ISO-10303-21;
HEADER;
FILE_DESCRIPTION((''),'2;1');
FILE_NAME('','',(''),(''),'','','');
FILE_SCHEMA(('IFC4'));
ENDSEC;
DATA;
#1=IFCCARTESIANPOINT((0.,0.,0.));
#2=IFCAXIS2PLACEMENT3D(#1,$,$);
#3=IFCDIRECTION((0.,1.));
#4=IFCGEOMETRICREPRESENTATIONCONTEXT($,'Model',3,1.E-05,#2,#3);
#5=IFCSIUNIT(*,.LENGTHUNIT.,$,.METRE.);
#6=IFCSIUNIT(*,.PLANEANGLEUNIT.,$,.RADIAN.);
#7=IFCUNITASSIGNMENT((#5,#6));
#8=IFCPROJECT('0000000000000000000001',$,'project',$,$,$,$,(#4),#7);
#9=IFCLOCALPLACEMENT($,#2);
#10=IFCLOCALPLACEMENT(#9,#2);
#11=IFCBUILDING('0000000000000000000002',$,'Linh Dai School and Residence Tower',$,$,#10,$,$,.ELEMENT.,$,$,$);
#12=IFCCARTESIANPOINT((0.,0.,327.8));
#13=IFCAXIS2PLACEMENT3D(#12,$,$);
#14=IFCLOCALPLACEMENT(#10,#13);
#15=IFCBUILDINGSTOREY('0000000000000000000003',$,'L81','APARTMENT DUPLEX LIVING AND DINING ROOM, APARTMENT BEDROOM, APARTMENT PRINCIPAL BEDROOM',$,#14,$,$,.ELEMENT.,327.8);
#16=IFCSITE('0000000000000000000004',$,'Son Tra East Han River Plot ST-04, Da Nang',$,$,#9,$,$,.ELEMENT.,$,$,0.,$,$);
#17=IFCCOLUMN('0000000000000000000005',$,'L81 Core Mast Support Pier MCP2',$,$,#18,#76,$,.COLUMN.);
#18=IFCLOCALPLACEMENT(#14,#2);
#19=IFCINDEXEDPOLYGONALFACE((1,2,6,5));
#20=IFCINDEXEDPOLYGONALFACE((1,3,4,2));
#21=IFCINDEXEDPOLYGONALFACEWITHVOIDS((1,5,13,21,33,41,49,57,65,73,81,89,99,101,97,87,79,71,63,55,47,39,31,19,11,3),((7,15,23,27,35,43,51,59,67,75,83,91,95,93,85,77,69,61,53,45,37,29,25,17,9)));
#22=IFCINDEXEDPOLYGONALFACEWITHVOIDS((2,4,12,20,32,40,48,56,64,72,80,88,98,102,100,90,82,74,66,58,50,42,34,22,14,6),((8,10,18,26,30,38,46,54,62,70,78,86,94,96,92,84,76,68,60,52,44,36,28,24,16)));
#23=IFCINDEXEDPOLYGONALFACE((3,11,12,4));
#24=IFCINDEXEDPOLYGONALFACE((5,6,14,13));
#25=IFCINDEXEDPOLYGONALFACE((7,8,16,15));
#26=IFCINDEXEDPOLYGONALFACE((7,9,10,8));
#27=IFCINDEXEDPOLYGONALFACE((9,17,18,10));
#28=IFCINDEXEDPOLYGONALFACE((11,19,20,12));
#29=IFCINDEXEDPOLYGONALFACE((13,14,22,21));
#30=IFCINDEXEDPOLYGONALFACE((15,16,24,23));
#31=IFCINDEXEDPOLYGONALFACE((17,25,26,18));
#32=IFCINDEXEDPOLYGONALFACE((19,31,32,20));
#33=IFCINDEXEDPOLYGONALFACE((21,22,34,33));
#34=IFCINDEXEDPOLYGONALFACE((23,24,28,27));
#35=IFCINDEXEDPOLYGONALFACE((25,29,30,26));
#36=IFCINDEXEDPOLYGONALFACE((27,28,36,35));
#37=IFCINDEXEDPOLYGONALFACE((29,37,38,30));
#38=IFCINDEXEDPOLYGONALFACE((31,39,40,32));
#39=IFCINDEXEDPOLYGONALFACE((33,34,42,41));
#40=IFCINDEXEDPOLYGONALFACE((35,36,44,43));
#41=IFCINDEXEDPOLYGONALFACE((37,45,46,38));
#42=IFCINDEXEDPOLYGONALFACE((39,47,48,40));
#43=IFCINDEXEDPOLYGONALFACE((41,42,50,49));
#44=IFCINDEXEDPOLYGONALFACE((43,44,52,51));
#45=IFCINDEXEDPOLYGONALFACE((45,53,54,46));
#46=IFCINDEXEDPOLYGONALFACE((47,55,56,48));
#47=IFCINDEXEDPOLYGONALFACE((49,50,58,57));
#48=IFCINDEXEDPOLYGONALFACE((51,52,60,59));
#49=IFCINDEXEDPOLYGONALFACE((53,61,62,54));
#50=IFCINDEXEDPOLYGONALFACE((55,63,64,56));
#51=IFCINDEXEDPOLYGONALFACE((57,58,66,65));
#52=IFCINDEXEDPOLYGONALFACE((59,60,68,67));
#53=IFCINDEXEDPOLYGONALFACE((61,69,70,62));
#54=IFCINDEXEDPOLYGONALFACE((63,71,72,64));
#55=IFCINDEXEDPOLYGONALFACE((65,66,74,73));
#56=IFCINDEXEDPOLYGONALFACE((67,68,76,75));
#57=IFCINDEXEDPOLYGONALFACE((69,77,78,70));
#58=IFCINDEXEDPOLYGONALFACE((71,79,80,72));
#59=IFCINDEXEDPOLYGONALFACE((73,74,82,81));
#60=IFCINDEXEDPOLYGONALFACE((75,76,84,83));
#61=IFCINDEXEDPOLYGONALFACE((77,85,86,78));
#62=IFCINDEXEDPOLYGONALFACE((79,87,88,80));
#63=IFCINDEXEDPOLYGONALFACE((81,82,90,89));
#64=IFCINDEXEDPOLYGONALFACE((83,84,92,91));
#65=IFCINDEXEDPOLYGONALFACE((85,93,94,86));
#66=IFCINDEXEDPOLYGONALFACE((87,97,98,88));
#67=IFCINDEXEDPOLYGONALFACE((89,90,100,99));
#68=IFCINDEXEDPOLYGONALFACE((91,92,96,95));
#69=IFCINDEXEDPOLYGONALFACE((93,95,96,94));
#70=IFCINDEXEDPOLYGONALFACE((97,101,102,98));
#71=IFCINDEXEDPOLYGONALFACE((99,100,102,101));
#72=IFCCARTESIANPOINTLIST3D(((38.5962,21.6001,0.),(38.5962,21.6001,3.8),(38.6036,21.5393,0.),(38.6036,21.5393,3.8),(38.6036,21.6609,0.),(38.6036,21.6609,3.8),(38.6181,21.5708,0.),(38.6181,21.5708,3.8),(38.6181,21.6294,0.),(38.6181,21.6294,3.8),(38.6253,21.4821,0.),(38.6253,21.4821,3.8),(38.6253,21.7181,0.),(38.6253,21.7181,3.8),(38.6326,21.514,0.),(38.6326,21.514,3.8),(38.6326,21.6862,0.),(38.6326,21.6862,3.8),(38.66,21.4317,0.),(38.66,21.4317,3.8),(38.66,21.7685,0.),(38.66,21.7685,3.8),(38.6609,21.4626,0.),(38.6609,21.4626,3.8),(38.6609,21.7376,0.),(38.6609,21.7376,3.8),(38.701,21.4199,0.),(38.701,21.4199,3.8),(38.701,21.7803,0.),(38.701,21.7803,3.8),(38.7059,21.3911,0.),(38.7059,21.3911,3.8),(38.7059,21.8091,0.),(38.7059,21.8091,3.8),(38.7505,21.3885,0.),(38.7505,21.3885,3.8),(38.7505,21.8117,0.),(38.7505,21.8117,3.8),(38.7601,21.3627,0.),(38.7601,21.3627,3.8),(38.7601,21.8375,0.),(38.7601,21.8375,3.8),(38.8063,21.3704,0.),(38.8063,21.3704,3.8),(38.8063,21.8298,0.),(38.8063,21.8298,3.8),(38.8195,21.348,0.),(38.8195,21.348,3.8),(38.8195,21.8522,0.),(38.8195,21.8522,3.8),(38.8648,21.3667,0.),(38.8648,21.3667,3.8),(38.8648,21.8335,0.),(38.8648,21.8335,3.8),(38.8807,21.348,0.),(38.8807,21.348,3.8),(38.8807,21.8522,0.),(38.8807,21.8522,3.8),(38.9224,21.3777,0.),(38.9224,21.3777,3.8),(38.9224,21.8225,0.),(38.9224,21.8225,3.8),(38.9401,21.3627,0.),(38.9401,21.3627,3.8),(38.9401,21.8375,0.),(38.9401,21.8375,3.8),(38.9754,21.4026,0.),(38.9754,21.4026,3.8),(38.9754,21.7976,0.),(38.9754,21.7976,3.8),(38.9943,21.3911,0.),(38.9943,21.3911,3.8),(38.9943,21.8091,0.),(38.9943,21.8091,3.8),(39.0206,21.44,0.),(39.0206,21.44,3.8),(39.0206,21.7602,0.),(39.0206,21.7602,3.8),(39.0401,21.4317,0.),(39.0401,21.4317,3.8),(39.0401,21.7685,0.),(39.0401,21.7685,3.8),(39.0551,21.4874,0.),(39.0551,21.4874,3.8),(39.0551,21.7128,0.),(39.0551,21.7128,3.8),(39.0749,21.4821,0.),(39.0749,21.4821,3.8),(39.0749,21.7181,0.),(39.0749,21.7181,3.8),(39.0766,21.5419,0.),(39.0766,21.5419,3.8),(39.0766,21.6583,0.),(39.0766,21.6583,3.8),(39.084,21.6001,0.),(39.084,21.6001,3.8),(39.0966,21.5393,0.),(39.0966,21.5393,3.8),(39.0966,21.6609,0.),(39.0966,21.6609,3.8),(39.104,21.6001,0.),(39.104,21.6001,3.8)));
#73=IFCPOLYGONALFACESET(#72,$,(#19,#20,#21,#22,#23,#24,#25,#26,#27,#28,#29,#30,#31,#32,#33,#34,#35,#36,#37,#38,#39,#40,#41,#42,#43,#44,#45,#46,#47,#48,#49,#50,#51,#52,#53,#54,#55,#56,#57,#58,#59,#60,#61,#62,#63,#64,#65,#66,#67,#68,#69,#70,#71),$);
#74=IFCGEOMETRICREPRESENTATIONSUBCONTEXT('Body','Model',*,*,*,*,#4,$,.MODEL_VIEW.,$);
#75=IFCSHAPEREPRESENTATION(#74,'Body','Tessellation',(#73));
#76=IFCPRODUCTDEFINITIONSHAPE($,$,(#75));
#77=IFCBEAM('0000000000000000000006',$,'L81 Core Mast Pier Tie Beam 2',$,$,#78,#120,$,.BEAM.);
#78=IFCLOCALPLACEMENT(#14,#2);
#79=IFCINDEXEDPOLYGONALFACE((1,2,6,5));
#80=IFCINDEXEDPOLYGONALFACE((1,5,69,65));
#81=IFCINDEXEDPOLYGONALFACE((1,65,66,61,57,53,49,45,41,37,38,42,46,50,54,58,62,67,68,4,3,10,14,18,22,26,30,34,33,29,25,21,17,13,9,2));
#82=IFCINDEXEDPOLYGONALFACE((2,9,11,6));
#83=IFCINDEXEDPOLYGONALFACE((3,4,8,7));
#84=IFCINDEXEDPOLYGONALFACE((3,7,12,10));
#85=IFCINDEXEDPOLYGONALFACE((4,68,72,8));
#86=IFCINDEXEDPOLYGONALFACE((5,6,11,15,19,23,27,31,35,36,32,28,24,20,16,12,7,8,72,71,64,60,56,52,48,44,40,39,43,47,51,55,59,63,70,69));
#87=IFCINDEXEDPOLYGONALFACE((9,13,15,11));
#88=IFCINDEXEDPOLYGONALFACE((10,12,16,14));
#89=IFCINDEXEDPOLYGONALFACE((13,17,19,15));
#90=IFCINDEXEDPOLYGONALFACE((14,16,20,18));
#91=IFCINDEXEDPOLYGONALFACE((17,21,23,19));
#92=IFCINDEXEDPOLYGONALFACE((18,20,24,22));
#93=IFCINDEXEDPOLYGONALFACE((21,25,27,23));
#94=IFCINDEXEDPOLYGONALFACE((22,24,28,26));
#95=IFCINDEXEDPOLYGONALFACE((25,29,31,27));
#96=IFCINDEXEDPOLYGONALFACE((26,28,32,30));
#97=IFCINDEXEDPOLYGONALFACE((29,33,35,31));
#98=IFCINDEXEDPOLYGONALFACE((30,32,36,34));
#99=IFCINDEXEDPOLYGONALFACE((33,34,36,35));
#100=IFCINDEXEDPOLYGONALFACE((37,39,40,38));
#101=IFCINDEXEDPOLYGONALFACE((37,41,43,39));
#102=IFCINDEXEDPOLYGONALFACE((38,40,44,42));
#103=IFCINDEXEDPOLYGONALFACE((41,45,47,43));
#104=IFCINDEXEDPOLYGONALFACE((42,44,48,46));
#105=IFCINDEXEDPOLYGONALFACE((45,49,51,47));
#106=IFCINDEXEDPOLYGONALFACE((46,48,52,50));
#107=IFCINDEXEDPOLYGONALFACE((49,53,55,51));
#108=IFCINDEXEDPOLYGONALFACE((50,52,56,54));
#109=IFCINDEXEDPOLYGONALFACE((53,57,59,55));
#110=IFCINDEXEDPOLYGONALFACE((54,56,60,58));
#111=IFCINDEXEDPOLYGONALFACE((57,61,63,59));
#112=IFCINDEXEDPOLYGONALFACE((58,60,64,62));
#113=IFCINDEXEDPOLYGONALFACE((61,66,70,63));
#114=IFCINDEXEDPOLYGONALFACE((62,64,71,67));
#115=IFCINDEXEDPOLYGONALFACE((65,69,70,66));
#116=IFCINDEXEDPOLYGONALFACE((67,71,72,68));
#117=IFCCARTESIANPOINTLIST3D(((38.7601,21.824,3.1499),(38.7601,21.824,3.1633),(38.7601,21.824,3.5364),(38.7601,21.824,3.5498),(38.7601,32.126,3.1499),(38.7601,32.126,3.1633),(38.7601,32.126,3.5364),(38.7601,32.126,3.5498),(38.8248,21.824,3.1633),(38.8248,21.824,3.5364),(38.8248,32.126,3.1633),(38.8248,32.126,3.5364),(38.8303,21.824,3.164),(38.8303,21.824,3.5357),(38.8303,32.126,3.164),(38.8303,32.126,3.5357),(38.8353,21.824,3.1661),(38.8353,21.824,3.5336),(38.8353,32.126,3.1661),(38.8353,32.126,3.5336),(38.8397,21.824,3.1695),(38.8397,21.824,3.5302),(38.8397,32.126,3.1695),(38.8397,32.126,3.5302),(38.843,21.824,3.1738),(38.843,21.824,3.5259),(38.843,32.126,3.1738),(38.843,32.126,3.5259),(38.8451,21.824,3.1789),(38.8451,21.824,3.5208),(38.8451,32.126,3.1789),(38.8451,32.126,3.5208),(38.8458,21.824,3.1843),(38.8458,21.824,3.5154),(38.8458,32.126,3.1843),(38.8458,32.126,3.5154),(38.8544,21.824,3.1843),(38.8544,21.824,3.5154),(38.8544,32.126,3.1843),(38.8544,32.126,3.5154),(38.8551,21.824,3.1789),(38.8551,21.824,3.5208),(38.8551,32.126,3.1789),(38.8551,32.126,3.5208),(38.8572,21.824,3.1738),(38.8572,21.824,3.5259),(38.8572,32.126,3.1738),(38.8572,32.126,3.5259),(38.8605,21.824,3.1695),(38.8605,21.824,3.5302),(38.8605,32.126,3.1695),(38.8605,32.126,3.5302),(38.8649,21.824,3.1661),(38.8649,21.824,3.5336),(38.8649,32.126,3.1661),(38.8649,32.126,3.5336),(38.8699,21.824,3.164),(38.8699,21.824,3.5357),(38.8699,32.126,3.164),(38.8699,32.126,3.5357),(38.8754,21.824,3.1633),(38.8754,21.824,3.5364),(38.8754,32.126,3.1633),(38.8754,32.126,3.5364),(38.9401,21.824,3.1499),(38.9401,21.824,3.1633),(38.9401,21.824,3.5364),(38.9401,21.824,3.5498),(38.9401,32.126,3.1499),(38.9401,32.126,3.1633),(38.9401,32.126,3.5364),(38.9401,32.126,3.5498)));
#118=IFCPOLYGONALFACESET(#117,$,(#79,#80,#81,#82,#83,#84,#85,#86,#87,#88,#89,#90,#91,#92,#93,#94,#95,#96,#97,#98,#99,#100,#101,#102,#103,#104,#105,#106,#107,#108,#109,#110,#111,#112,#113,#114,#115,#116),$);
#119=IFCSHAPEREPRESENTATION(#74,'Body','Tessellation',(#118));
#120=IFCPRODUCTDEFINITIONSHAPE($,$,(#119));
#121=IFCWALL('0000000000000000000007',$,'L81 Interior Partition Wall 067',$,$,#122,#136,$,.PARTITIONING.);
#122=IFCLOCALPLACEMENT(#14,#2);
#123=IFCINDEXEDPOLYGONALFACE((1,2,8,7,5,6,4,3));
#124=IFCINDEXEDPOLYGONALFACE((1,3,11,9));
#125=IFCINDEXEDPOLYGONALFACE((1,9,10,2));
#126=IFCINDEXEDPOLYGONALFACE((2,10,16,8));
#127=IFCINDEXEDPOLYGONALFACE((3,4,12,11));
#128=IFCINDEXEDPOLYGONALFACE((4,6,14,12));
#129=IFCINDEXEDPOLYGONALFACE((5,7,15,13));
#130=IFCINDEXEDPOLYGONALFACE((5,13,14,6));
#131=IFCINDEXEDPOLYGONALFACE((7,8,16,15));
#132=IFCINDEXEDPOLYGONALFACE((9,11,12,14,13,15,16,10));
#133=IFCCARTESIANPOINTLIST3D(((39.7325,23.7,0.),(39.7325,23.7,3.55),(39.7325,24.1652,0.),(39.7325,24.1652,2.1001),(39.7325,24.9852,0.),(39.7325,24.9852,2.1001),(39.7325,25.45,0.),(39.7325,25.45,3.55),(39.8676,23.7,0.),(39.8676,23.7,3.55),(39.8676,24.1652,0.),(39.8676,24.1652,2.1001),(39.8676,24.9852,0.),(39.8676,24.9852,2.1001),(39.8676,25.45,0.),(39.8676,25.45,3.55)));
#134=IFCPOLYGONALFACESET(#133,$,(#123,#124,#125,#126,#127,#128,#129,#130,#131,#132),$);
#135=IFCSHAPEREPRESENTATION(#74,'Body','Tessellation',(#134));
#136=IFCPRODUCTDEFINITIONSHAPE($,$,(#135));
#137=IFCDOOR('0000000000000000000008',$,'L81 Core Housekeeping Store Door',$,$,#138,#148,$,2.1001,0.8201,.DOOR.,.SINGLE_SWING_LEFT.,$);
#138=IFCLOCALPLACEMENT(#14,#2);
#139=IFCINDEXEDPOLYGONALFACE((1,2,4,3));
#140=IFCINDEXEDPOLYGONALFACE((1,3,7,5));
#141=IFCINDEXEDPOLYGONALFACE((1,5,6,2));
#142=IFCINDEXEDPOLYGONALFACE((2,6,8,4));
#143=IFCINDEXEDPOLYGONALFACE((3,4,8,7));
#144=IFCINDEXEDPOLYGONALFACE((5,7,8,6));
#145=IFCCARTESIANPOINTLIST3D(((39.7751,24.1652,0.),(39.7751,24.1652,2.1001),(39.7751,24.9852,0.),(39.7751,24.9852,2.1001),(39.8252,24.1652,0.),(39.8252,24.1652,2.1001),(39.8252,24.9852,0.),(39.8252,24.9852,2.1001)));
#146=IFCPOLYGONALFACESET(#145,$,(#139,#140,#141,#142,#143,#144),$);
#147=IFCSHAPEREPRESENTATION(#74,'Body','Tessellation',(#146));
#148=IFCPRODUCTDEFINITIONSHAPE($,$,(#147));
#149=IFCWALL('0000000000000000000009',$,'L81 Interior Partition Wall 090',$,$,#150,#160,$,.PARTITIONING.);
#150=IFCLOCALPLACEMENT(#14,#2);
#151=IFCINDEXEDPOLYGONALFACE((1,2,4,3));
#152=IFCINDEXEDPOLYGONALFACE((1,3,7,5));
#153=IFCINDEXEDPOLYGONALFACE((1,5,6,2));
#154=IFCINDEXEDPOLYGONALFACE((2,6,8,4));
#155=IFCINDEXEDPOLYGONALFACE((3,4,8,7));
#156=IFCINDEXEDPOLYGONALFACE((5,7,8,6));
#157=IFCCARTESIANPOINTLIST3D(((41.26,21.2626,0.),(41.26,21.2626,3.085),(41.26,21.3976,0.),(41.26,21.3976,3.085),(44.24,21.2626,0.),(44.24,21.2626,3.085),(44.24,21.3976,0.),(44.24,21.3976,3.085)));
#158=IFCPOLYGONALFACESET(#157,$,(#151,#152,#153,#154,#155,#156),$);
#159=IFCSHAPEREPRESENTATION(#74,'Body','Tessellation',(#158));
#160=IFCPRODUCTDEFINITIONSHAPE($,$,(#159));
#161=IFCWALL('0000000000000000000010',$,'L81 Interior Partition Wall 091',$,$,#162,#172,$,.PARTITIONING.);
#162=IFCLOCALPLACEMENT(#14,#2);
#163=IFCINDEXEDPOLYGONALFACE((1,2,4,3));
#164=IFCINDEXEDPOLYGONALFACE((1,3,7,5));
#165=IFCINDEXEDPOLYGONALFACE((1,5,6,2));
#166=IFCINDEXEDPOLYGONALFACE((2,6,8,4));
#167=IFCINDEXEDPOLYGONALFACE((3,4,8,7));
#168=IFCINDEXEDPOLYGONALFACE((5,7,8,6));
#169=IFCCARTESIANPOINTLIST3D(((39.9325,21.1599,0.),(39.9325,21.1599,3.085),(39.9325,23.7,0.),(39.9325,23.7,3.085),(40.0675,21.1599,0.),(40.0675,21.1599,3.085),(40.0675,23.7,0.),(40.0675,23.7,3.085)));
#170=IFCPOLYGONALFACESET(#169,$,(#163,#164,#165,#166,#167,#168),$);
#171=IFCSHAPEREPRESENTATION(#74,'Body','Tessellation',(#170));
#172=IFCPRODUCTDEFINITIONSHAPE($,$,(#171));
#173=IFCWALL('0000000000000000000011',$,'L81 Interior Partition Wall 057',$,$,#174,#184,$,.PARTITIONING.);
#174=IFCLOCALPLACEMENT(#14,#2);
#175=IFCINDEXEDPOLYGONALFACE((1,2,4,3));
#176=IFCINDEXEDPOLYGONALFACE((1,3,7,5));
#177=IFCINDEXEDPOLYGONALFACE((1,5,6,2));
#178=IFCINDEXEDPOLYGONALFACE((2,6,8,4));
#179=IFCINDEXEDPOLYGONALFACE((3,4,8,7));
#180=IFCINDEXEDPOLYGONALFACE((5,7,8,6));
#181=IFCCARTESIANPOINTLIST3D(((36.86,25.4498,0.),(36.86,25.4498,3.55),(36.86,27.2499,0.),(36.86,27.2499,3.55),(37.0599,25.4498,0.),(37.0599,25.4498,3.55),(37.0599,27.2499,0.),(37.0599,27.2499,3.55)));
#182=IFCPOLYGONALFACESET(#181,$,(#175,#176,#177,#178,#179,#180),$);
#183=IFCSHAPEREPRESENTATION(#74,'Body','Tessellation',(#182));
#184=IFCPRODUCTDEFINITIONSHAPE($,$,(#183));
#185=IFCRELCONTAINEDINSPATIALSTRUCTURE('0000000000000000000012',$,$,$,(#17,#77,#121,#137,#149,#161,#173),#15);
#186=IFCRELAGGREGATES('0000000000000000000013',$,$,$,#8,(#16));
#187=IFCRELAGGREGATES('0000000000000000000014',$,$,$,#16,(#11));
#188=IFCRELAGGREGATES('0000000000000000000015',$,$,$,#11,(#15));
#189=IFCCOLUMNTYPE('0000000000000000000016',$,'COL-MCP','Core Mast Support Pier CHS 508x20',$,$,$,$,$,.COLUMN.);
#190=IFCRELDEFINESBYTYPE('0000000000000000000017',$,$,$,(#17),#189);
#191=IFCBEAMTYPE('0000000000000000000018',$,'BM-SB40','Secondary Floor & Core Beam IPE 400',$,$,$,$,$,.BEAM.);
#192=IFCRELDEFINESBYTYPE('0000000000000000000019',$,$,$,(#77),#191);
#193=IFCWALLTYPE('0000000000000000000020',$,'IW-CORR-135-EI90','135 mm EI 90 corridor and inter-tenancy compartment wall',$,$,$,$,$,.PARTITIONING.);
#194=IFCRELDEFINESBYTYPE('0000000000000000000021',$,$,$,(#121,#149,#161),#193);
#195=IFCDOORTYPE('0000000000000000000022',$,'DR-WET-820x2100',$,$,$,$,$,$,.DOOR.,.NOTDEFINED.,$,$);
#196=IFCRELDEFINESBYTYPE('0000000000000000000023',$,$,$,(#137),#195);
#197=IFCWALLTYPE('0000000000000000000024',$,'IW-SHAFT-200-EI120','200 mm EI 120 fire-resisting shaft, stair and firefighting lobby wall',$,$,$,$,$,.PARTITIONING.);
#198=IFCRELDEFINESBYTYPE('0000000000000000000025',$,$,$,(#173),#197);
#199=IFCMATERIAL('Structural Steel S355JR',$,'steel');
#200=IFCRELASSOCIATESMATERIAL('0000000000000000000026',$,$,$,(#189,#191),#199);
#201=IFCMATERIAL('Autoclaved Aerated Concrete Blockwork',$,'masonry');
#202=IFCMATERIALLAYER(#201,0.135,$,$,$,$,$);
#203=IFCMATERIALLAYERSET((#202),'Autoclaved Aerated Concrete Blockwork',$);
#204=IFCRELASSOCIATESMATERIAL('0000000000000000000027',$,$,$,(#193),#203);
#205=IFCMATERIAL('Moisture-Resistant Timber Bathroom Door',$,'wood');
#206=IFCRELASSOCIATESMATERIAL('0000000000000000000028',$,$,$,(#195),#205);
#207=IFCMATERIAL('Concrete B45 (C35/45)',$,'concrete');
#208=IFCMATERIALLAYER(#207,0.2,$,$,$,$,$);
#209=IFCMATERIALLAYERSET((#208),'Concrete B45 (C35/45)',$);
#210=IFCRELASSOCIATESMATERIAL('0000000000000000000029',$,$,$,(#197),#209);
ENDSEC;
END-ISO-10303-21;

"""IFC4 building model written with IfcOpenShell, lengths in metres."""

from ifc_helpers import new_model, si_unit, direction, frame, frame_2d, origin, origin_2d, place, context, subcontext, project, spatial, rectangle, hollow_circle, i_section, extrude, source, transform, mapped, material, layer, layer_set, material_profile, profile_set, type_object, element, fill, save


model = new_model("IFC4")

# Units and contexts
model_context = context("Model", 3, precision=1e-05, world=origin(), true_north=direction((0.0, 1.0)))
body_context = subcontext(model_context, "Body", "Model", "MODEL_VIEW")
ifc_project = project(units=[si_unit("LENGTHUNIT", "METRE"), si_unit("PLANEANGLEUNIT", "RADIAN")], contexts=[model_context])

# Site, building, storey
site_placement = place(None, origin())
site = spatial("IfcSite", under=ifc_project, at=site_placement, Name="Son Tra East Han River Plot ST-04, Da Nang", CompositionType="ELEMENT", RefElevation=0.0)
building_placement = place(site_placement, origin())
building = spatial("IfcBuilding", under=site, at=building_placement, Name="Linh Dai School and Residence Tower", CompositionType="ELEMENT")
storey_placement = place(building_placement, frame((0.0, 0.0, 327.8)))
storey = spatial("IfcBuildingStorey", under=building, at=storey_placement, Name="L81", Description="APARTMENT DUPLEX LIVING AND DINING ROOM, APARTMENT BEDROOM, APARTMENT PRINCIPAL BEDROOM", CompositionType="ELEMENT", Elevation=327.8)

# Column
ifc_material_1 = material(Name="Structural Steel S355JR", Category="steel")
ifc_material_profile_1 = material_profile(ifc_material_1, hollow_circle(Radius=0.2539, WallThickness=0.02, at=origin_2d()), Name="CHS 508x20")
ifc_profile_set_1 = profile_set([ifc_material_profile_1], Name="Structural Steel S355JR")
column_type_1 = type_object("IfcColumnType", Name="COL-MCP", Description="Core Mast Support Pier CHS 508x20", PredefinedType="COLUMN", material=ifc_profile_set_1)
column_placement = place(storey_placement, frame((38.8501, 21.6001, 0.0), z_axis=(0.0, 0.0, 1.0), x_axis=(1.0, 0.0, 0.0)))
element("IfcColumn", 1, at=column_placement, inside=storey, type_object=column_type_1, Name="L81 Core Mast Support Pier MCP2", PredefinedType="COLUMN", context=body_context, shape_type="SweptSolid", body=[
    extrude(hollow_circle(Radius=0.2539, WallThickness=0.02, at=origin_2d()), origin(), (0.0, 0.0, 1.0), 3.8),
])

# Beam
ifc_material_profile_2 = material_profile(ifc_material_1, i_section(OverallWidth=0.1799, OverallDepth=0.3999, WebThickness=0.0085, FlangeThickness=0.0134, FilletRadius=0.021, at=origin_2d()), Name="IPE 400")
ifc_profile_set_2 = profile_set([ifc_material_profile_2], Name="Structural Steel S355JR")
beam_type = type_object("IfcBeamType", Name="BM-SB40", Description="Secondary Floor & Core Beam IPE 400", PredefinedType="BEAM", material=ifc_profile_set_2)
beam_placement = place(storey_placement, frame((38.8501, 21.824, 3.3499), z_axis=(0.0, 1.0, 0.0), x_axis=(-1.0, 0.0, 0.0)))
element("IfcBeam", 2, at=beam_placement, inside=storey, type_object=beam_type, Name="L81 Core Mast Pier Tie Beam 2", PredefinedType="BEAM", context=body_context, shape_type="SweptSolid", body=[
    extrude(i_section(OverallWidth=0.1799, OverallDepth=0.3999, WebThickness=0.0085, FlangeThickness=0.0134, FilletRadius=0.021, at=origin_2d()), origin(), (0.0, 0.0, 1.0), 10.302),
])

# Wall, opening, door
ifc_material_2 = material(Name="Autoclaved Aerated Concrete Blockwork", Category="masonry")
ifc_layer_1 = layer(ifc_material_2, 0.135)
ifc_layer_set_1 = layer_set([ifc_layer_1], Name="Autoclaved Aerated Concrete Blockwork")
wall_type_1 = type_object("IfcWallType", Name="IW-CORR-135-EI90", Description="135 mm EI 90 corridor and inter-tenancy compartment wall", PredefinedType="PARTITIONING", material=ifc_layer_set_1)
wall_1_placement = place(storey_placement, frame((39.8, 23.7, 0.0), z_axis=(0.0, 0.0, 1.0), x_axis=(0.0, 1.0, 0.0)))
wall_1 = element("IfcWall", 3, at=wall_1_placement, inside=storey, type_object=wall_type_1, Name="L81 Interior Partition Wall 067", PredefinedType="PARTITIONING", context=body_context, shape_type="SweptSolid", body=[
    extrude(rectangle(XDim=1.75, YDim=0.135, at=frame_2d((0.875, 0.0))), origin(), (0.0, 0.0, 1.0), 3.55),
])
opening_placement = place(wall_1_placement, frame((0.4651, 0.0, 0.0)))
opening = element("IfcOpeningElement", 4, at=opening_placement, cuts=wall_1, PredefinedType="OPENING", context=body_context, shape_type="SweptSolid", body=[
    extrude(rectangle(XDim=0.8201, YDim=2.1001, at=origin_2d()), frame((0.4102, 0.0776, 1.05), z_axis=(0.0, -1.0, 0.0), x_axis=(1.0, 0.0, 0.0)), (0.0, 0.0, 1.0), 0.155),
])
ifc_material_3 = material(Name="Moisture-Resistant Timber Bathroom Door", Category="wood")
door_type = type_object("IfcDoorType", Name="DR-WET-820x2100", OperationType="NOTDEFINED", PredefinedType="DOOR", material=ifc_material_3)
shared_shape_1 = source(origin(), body_context, "Body", "SweptSolid", [
    extrude(rectangle(XDim=0.8201, YDim=2.1001, at=origin_2d()), frame((0.4102, 0.0249, 1.05), z_axis=(0.0, -1.0, 0.0), x_axis=(1.0, 0.0, 0.0)), (0.0, 0.0, 1.0), 0.05),
])
door_placement = place(opening_placement, origin())
door = element("IfcDoor", 5, at=door_placement, inside=storey, type_object=door_type, Name="L81 Core Housekeeping Store Door", OperationType="SINGLE_SWING_LEFT", OverallHeight=2.1001, OverallWidth=0.8201, PredefinedType="DOOR", context=body_context, shape_type="MappedRepresentation", body=[
    mapped(shared_shape_1, transform((0.0, 0.0, 0.0), x_axis=(1.0, 0.0, 0.0), y_axis=(0.0, 1.0, 0.0), z_axis=(0.0, 0.0, 1.0), scale=1.0)),
])
fill(opening, door)

# Walls
wall_2_placement = place(storey_placement, frame((44.24, 21.3301, 0.0), z_axis=(0.0, 0.0, 1.0), x_axis=(-1.0, 0.0, 0.0)))
element("IfcWall", 6, at=wall_2_placement, inside=storey, type_object=wall_type_1, Name="L81 Interior Partition Wall 090", PredefinedType="PARTITIONING", context=body_context, shape_type="SweptSolid", body=[
    extrude(rectangle(XDim=2.98, YDim=0.135, at=frame_2d((1.49, 0.0))), origin(), (0.0, 0.0, 1.0), 3.085),
])
wall_3_placement = place(storey_placement, frame((40.0, 23.7, 0.0), z_axis=(0.0, 0.0, 1.0), x_axis=(0.0, -1.0, 0.0)))
element("IfcWall", 7, at=wall_3_placement, inside=storey, type_object=wall_type_1, Name="L81 Interior Partition Wall 091", PredefinedType="PARTITIONING", context=body_context, shape_type="SweptSolid", body=[
    extrude(rectangle(XDim=2.54, YDim=0.135, at=frame_2d((1.27, 0.0))), origin(), (0.0, 0.0, 1.0), 3.085),
])
ifc_material_4 = material(Name="Concrete B45 (C35/45)", Category="concrete")
ifc_layer_2 = layer(ifc_material_4, 0.2)
ifc_layer_set_2 = layer_set([ifc_layer_2], Name="Concrete B45 (C35/45)")
wall_type_2 = type_object("IfcWallType", Name="IW-SHAFT-200-EI120", Description="200 mm EI 120 fire-resisting shaft, stair and firefighting lobby wall", PredefinedType="PARTITIONING", material=ifc_layer_set_2)
for number, where, z_axis, x_axis, name in (
    (8, (36.96, 25.45, 0.0), (0.0, 0.0, 1.0), (0.0, 1.0, 0.0), "L81 Interior Partition Wall 057"),
):
    element("IfcWall", number, at=place(storey_placement, frame(where, z_axis=z_axis, x_axis=x_axis)), inside=storey, type_object=wall_type_2, Name=name, PredefinedType="PARTITIONING", context=body_context, shape_type="SweptSolid", body=[
        extrude(rectangle(XDim=1.8, YDim=0.2, at=frame_2d((0.8999, 0.0))), origin(), (0.0, 0.0, 1.0), 3.55),
    ])

save(model, "model.ifc")
